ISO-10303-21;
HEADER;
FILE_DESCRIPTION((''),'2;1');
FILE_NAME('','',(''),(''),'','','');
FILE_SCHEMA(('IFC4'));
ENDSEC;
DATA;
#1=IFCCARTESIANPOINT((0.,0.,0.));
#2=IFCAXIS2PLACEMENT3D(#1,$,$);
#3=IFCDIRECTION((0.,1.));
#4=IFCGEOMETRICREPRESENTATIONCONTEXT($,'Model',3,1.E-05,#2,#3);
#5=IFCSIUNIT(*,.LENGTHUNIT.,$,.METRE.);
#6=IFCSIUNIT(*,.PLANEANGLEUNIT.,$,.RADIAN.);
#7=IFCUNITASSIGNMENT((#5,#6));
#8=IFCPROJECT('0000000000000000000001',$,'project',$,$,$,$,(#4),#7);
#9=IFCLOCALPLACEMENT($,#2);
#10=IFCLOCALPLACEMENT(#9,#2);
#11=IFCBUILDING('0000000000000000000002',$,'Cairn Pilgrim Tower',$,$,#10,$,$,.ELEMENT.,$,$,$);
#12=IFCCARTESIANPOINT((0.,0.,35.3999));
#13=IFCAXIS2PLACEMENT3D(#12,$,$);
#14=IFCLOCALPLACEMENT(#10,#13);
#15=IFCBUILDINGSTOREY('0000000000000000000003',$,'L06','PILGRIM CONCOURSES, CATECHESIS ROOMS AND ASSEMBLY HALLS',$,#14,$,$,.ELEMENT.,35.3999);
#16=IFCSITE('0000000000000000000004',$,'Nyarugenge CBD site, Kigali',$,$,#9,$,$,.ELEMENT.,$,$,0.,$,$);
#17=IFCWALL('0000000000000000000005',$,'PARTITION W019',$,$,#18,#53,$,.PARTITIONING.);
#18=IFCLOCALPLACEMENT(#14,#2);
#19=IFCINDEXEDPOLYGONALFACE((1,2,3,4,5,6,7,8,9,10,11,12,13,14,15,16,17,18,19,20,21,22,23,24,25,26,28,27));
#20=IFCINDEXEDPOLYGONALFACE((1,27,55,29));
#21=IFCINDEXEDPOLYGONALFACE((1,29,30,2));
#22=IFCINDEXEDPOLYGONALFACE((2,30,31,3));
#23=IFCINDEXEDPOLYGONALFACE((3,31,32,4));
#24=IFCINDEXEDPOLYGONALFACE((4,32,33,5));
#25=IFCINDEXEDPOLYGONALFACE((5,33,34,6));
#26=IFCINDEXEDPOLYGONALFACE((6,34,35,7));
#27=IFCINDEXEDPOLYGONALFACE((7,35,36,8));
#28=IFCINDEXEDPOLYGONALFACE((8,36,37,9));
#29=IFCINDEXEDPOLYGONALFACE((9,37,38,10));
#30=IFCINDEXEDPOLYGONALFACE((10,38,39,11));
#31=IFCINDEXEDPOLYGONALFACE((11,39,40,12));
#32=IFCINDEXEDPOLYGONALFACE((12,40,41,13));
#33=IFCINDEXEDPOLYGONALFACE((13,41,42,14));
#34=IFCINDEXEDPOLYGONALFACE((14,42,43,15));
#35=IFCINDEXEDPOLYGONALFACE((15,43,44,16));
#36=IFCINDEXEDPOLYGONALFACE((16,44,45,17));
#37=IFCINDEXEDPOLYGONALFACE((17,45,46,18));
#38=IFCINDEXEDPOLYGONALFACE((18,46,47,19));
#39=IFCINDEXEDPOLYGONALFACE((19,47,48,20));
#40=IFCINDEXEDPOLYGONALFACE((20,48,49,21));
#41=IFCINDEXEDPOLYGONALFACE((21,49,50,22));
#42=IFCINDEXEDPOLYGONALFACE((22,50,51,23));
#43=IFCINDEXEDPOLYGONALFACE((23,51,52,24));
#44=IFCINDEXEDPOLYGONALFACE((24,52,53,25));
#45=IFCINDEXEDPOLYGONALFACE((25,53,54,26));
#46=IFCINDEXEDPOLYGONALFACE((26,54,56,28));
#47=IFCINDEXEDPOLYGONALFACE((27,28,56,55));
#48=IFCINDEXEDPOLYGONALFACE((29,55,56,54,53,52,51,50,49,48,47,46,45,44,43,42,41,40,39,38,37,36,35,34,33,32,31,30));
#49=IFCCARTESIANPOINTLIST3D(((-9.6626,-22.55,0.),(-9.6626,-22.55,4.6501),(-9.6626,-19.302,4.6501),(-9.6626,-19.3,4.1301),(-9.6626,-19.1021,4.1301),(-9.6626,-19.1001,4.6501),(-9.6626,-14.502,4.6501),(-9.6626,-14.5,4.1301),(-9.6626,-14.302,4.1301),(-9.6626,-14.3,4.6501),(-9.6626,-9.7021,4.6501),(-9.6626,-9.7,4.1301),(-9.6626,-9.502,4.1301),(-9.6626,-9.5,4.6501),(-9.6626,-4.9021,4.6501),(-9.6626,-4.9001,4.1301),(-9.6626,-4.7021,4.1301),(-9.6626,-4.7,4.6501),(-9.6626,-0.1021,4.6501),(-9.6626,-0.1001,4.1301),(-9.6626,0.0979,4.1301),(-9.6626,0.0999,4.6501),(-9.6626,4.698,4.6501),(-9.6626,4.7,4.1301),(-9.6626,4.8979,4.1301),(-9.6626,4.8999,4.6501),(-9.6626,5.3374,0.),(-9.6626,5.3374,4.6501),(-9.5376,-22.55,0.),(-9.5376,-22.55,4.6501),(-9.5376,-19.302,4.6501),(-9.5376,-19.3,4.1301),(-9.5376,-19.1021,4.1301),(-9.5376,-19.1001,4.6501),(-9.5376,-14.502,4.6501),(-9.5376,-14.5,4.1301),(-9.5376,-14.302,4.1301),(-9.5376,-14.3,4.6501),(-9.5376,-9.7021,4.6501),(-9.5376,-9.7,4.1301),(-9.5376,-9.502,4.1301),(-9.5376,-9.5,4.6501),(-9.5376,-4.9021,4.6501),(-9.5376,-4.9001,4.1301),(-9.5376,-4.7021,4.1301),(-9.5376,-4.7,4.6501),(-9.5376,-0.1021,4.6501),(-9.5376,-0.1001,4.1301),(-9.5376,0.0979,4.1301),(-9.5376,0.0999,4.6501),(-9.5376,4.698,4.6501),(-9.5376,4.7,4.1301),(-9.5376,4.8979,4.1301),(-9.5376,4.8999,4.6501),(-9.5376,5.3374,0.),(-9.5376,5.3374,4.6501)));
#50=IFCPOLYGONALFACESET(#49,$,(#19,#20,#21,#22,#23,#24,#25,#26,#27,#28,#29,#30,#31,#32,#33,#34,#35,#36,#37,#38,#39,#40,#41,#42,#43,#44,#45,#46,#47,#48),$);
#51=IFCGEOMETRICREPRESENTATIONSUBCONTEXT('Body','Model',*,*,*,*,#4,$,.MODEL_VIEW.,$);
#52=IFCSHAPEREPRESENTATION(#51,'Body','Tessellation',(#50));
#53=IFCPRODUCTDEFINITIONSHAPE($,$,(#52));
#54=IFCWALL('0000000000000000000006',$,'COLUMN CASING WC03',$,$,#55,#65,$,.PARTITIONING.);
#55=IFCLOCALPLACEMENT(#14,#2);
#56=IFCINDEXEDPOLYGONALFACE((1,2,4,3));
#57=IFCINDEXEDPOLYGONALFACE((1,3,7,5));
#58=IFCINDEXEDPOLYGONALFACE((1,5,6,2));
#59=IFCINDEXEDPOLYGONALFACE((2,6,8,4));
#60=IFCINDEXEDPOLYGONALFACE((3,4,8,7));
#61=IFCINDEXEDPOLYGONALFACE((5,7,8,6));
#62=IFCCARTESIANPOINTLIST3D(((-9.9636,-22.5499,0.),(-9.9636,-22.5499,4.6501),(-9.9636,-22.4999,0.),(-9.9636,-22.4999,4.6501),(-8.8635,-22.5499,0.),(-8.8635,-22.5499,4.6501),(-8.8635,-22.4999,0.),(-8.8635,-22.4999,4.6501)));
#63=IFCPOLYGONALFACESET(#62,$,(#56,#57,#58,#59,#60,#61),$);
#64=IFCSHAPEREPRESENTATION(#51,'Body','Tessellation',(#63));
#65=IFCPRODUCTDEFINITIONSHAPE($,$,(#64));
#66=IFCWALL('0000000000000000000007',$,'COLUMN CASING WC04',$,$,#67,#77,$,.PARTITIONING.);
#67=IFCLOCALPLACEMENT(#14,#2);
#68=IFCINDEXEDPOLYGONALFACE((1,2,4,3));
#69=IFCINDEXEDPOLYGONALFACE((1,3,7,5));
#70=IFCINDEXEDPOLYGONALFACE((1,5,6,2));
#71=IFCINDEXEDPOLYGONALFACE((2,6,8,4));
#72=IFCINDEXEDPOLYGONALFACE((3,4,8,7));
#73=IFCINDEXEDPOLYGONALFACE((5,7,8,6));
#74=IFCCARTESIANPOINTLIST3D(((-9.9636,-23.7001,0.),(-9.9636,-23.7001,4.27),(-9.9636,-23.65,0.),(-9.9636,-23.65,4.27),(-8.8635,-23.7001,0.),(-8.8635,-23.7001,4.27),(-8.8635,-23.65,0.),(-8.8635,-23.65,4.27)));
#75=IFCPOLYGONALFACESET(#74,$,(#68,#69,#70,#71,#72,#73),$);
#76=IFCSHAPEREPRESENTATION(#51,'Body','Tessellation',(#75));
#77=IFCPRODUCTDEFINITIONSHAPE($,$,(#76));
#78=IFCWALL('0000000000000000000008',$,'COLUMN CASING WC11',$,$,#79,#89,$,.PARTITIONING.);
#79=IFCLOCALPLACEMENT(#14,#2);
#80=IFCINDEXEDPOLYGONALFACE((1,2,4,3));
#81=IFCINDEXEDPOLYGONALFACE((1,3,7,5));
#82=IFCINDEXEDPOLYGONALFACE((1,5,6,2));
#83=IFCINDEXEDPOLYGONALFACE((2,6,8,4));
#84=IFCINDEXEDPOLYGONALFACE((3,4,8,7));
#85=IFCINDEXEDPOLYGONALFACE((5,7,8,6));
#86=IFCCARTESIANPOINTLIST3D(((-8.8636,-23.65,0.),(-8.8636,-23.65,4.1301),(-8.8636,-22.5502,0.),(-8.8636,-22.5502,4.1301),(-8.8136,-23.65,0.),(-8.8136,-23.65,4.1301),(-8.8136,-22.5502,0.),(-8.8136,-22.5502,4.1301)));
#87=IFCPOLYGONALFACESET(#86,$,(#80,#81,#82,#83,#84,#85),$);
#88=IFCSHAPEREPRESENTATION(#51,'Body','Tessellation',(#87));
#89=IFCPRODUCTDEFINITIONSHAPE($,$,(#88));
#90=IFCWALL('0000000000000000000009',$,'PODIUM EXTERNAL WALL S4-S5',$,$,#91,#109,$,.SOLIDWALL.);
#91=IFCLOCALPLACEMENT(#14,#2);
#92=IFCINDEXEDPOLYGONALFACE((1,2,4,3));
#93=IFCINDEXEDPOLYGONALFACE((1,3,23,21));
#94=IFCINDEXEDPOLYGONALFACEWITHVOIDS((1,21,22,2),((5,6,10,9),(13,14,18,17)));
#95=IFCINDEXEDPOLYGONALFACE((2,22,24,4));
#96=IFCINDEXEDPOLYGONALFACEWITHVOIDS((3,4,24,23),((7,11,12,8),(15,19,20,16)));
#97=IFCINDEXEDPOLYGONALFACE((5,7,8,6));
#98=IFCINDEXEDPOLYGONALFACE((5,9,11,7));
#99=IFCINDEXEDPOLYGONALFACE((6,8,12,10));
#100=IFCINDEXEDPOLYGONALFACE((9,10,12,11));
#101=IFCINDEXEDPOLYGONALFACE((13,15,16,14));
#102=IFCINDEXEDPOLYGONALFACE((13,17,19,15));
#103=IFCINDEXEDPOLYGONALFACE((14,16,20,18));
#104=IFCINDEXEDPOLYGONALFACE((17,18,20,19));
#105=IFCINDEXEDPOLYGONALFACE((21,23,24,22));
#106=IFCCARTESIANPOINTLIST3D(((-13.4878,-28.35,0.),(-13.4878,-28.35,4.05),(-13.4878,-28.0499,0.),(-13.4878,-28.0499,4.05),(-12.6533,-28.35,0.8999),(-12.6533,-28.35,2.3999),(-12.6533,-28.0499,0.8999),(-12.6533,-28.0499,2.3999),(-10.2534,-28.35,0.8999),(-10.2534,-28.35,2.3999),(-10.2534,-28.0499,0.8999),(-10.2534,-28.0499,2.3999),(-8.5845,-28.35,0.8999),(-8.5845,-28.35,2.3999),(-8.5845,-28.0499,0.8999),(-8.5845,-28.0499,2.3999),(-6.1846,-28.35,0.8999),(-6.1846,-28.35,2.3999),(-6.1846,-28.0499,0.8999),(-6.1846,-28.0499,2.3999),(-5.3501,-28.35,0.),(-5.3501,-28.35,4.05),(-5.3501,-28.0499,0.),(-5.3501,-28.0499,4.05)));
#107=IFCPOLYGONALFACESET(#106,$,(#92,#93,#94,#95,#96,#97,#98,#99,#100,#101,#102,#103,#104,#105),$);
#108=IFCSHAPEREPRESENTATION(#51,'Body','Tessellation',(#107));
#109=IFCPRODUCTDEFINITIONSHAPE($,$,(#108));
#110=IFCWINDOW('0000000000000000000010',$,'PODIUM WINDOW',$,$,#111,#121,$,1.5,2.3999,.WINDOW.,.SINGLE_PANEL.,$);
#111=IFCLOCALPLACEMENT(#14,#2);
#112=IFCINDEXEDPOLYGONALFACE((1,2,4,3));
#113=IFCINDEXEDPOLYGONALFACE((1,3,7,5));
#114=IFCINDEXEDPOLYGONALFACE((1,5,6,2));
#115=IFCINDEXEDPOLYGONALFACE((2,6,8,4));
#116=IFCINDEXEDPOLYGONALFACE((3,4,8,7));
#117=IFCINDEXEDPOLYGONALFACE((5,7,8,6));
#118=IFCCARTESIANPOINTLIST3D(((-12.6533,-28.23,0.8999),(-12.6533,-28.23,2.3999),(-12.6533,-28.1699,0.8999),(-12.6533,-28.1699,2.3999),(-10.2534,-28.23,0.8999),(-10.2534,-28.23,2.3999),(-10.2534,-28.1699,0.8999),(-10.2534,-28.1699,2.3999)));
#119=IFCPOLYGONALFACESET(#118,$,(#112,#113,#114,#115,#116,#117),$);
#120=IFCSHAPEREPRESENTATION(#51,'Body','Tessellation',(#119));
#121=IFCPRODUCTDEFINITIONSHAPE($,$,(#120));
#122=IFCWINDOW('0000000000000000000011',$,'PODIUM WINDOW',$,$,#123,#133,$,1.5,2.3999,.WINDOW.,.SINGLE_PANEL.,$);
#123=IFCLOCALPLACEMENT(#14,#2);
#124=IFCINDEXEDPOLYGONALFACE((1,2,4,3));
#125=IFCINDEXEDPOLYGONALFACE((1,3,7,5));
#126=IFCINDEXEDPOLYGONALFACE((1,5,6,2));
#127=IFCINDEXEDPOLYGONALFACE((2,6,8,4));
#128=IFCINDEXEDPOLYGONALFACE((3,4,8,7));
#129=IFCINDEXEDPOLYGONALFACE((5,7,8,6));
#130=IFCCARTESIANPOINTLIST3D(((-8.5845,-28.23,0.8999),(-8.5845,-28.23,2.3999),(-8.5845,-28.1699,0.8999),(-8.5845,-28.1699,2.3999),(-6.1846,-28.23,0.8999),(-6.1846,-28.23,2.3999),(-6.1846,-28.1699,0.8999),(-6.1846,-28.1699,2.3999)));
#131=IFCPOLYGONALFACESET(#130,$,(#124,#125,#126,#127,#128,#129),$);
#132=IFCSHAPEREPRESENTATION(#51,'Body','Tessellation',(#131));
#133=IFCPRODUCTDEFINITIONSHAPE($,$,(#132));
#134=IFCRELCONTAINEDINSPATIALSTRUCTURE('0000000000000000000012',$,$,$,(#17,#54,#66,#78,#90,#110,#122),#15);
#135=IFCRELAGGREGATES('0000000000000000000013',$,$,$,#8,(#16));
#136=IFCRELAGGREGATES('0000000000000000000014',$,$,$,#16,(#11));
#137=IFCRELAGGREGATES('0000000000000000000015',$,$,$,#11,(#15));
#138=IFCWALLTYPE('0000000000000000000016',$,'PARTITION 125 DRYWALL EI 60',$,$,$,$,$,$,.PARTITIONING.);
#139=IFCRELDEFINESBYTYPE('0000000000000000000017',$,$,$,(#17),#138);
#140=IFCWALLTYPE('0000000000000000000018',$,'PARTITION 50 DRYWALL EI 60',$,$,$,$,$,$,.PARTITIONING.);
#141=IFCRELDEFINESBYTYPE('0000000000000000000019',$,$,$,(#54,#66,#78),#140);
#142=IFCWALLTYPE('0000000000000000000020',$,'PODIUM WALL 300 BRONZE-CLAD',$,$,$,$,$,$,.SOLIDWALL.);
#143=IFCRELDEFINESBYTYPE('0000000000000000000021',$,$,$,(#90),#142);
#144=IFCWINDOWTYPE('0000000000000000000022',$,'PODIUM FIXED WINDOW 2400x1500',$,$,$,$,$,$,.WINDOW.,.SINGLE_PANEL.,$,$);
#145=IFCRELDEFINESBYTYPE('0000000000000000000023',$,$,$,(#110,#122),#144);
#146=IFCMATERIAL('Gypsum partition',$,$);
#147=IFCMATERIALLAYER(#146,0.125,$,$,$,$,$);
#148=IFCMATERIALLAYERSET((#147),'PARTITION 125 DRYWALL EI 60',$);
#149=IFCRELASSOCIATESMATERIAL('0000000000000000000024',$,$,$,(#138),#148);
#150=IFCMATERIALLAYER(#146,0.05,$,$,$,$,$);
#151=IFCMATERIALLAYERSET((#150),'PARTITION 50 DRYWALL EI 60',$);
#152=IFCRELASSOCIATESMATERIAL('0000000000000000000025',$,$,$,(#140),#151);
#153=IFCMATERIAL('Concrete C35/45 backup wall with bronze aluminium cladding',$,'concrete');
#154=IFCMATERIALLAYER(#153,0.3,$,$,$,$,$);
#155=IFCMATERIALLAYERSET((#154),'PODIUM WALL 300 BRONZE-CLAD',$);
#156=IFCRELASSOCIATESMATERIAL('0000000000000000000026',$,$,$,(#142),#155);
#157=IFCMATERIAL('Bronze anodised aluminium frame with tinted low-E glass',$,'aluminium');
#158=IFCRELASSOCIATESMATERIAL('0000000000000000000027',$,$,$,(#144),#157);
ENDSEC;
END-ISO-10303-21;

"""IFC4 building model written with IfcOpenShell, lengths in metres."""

from ifc_helpers import new_model, si_unit, direction, frame, frame_2d, origin, place, context, subcontext, project, spatial, polyline, rectangle, outline, extrude, material, layer, layer_set, type_object, element, fill, save


model = new_model("IFC4")

# Units and contexts
model_context = context("Model", 3, precision=1e-05, world=origin(), true_north=direction((0.0, 1.0)))
body_context = subcontext(model_context, "Body", "Model", "MODEL_VIEW")
ifc_project = project(units=[si_unit("LENGTHUNIT", "METRE"), si_unit("PLANEANGLEUNIT", "RADIAN")], contexts=[model_context])

# Site, building, storey
site_placement = place(None, origin())
site = spatial("IfcSite", under=ifc_project, at=site_placement, Name="Nyarugenge CBD site, Kigali", CompositionType="ELEMENT", RefElevation=0.0)
building_placement = place(site_placement, origin())
building = spatial("IfcBuilding", under=site, at=building_placement, Name="Cairn Pilgrim Tower", CompositionType="ELEMENT")
storey_placement = place(building_placement, frame((0.0, 0.0, 35.3999)))
storey = spatial("IfcBuildingStorey", under=building, at=storey_placement, Name="L06", Description="PILGRIM CONCOURSES, CATECHESIS ROOMS AND ASSEMBLY HALLS", CompositionType="ELEMENT", Elevation=35.3999)

# Shared definitions
ifc_material_1 = material(Name="Gypsum partition")
ifc_layer_1 = layer(ifc_material_1, 0.125)
ifc_layer_set_1 = layer_set([ifc_layer_1], Name="PARTITION 125 DRYWALL EI 60")
wall_type_1 = type_object("IfcWallType", Name="PARTITION 125 DRYWALL EI 60", PredefinedType="PARTITIONING", material=ifc_layer_set_1)

# Walls
wall_1_placement = place(storey_placement, frame((-9.6001, -22.55, 0.0), z_axis=(0.0, 0.0, 1.0), x_axis=(0.0, 1.0, 0.0)))
element("IfcWall", 1, at=wall_1_placement, inside=storey, type_object=wall_type_1, Name="PARTITION W019", PredefinedType="PARTITIONING", context=body_context, shape_type="SweptSolid", body=[
    extrude(outline(polyline([(0.0, 0.0), (27.8875, 0.0), (27.8875, 4.6501), (27.45, 4.6501), (27.448, 4.1301), (27.25, 4.1301), (27.248, 4.6501), (22.6499, 4.6501), (22.6479, 4.1301), (22.45, 4.1301), (22.448, 4.6501), (17.8501, 4.6501), (17.8479, 4.1301), (17.6499, 4.1301), (17.6479, 4.6501), (13.05, 4.6501), (13.0481, 4.1301), (12.8501, 4.1301), (12.8479, 4.6501), (8.25, 4.6501), (8.248, 4.1301), (8.05, 4.1301), (8.0481, 4.6501), (3.45, 4.6501), (3.448, 4.1301), (3.25, 4.1301), (3.248, 4.6501), (0.0, 4.6501), (0.0, 0.0)])), frame((0.0, 0.0625, 0.0), z_axis=(0.0, -1.0, 0.0), x_axis=(1.0, 0.0, 0.0)), (0.0, 0.0, 1.0), 0.125),
])
ifc_layer_2 = layer(ifc_material_1, 0.05)
ifc_layer_set_2 = layer_set([ifc_layer_2], Name="PARTITION 50 DRYWALL EI 60")
wall_type_2 = type_object("IfcWallType", Name="PARTITION 50 DRYWALL EI 60", PredefinedType="PARTITIONING", material=ifc_layer_set_2)
wall_2_placement = place(storey_placement, frame((-9.9636, -22.5249, 0.0), z_axis=(0.0, 0.0, 1.0), x_axis=(1.0, 0.0, 0.0)))
element("IfcWall", 2, at=wall_2_placement, inside=storey, type_object=wall_type_2, Name="COLUMN CASING WC03", PredefinedType="PARTITIONING", context=body_context, shape_type="SweptSolid", body=[
    extrude(rectangle(XDim=1.1001, YDim=0.05, at=frame_2d((0.55, 0.0))), origin(), (0.0, 0.0, 1.0), 4.6501),
])
wall_3_placement = place(storey_placement, frame((-9.9636, -23.675, 0.0), z_axis=(0.0, 0.0, 1.0), x_axis=(1.0, 0.0, 0.0)))
element("IfcWall", 3, at=wall_3_placement, inside=storey, type_object=wall_type_2, Name="COLUMN CASING WC04", PredefinedType="PARTITIONING", context=body_context, shape_type="SweptSolid", body=[
    extrude(rectangle(XDim=1.1001, YDim=0.05, at=frame_2d((0.55, 0.0))), origin(), (0.0, 0.0, 1.0), 4.27),
])
wall_4_placement = place(storey_placement, frame((-8.8386, -23.6499, 0.0), z_axis=(0.0, 0.0, 1.0), x_axis=(0.0, 1.0, 0.0)))
element("IfcWall", 4, at=wall_4_placement, inside=storey, type_object=wall_type_2, Name="COLUMN CASING WC11", PredefinedType="PARTITIONING", context=body_context, shape_type="SweptSolid", body=[
    extrude(rectangle(XDim=1.0999, YDim=0.05, at=frame_2d((0.5498, 0.0))), origin(), (0.0, 0.0, 1.0), 4.1301),
])

# Wall, openings, windows
ifc_material_2 = material(Name="Concrete C35/45 backup wall with bronze aluminium cladding", Category="concrete")
ifc_layer_3 = layer(ifc_material_2, 0.3)
ifc_layer_set_3 = layer_set([ifc_layer_3], Name="PODIUM WALL 300 BRONZE-CLAD")
wall_type_3 = type_object("IfcWallType", Name="PODIUM WALL 300 BRONZE-CLAD", PredefinedType="SOLIDWALL", material=ifc_layer_set_3)
wall_5_placement = place(storey_placement, frame((-13.4878, -28.2, 0.0), z_axis=(0.0, 0.0, 1.0), x_axis=(1.0, 0.0, 0.0)))
wall_5 = element("IfcWall", 5, at=wall_5_placement, inside=storey, type_object=wall_type_3, Name="PODIUM EXTERNAL WALL S4-S5", PredefinedType="SOLIDWALL", context=body_context, shape_type="SweptSolid", body=[
    extrude(rectangle(XDim=8.1377, YDim=0.3, at=frame_2d((4.0688, 0.0))), origin(), (0.0, 0.0, 1.0), 4.05),
])
opening_1_placement = place(wall_5_placement, frame((0.8345, 0.0, 0.8999)))
opening_1 = element("IfcOpeningElement", 6, at=opening_1_placement, cuts=wall_5, PredefinedType="OPENING", context=body_context, shape_type="SweptSolid", body=[
    extrude(rectangle(XDim=2.3999, YDim=1.5, at=frame_2d((1.2, 0.75))), frame((0.0, 0.1602, 0.0), z_axis=(0.0, -1.0, 0.0), x_axis=(1.0, 0.0, 0.0)), (0.0, 0.0, 1.0), 0.3201),
])
opening_2_placement = place(wall_5_placement, frame((4.9033, 0.0, 0.8999)))
opening_2 = element("IfcOpeningElement", 7, at=opening_2_placement, cuts=wall_5, PredefinedType="OPENING", context=body_context, shape_type="SweptSolid", body=[
    extrude(rectangle(XDim=2.3999, YDim=1.5, at=frame_2d((1.2, 0.75))), frame((0.0, 0.1602, 0.0), z_axis=(0.0, -1.0, 0.0), x_axis=(1.0, 0.0, 0.0)), (0.0, 0.0, 1.0), 0.3201),
])
ifc_material_3 = material(Name="Bronze anodised aluminium frame with tinted low-E glass", Category="aluminium")
window_type = type_object("IfcWindowType", Name="PODIUM FIXED WINDOW 2400x1500", PartitioningType="SINGLE_PANEL", PredefinedType="WINDOW", material=ifc_material_3)
window_1_placement = place(opening_1_placement, origin())
window_1 = element("IfcWindow", 8, at=window_1_placement, inside=storey, type_object=window_type, Name="PODIUM WINDOW", OverallHeight=1.5, OverallWidth=2.3999, PartitioningType="SINGLE_PANEL", PredefinedType="WINDOW", context=body_context, shape_type="SweptSolid", body=[
    extrude(rectangle(XDim=2.3999, YDim=1.5, at=frame_2d((1.2, 0.75))), frame((0.0, 0.03, 0.0), z_axis=(0.0, -1.0, 0.0), x_axis=(1.0, 0.0, 0.0)), (0.0, 0.0, 1.0), 0.0601),
])
fill(opening_1, window_1)
window_2_placement = place(opening_2_placement, origin())
window_2 = element("IfcWindow", 9, at=window_2_placement, inside=storey, type_object=window_type, Name="PODIUM WINDOW", OverallHeight=1.5, OverallWidth=2.3999, PartitioningType="SINGLE_PANEL", PredefinedType="WINDOW", context=body_context, shape_type="SweptSolid", body=[
    extrude(rectangle(XDim=2.3999, YDim=1.5, at=frame_2d((1.2, 0.75))), frame((0.0, 0.03, 0.0), z_axis=(0.0, -1.0, 0.0), x_axis=(1.0, 0.0, 0.0)), (0.0, 0.0, 1.0), 0.0601),
])
fill(opening_2, window_2)

save(model, "model.ifc")
